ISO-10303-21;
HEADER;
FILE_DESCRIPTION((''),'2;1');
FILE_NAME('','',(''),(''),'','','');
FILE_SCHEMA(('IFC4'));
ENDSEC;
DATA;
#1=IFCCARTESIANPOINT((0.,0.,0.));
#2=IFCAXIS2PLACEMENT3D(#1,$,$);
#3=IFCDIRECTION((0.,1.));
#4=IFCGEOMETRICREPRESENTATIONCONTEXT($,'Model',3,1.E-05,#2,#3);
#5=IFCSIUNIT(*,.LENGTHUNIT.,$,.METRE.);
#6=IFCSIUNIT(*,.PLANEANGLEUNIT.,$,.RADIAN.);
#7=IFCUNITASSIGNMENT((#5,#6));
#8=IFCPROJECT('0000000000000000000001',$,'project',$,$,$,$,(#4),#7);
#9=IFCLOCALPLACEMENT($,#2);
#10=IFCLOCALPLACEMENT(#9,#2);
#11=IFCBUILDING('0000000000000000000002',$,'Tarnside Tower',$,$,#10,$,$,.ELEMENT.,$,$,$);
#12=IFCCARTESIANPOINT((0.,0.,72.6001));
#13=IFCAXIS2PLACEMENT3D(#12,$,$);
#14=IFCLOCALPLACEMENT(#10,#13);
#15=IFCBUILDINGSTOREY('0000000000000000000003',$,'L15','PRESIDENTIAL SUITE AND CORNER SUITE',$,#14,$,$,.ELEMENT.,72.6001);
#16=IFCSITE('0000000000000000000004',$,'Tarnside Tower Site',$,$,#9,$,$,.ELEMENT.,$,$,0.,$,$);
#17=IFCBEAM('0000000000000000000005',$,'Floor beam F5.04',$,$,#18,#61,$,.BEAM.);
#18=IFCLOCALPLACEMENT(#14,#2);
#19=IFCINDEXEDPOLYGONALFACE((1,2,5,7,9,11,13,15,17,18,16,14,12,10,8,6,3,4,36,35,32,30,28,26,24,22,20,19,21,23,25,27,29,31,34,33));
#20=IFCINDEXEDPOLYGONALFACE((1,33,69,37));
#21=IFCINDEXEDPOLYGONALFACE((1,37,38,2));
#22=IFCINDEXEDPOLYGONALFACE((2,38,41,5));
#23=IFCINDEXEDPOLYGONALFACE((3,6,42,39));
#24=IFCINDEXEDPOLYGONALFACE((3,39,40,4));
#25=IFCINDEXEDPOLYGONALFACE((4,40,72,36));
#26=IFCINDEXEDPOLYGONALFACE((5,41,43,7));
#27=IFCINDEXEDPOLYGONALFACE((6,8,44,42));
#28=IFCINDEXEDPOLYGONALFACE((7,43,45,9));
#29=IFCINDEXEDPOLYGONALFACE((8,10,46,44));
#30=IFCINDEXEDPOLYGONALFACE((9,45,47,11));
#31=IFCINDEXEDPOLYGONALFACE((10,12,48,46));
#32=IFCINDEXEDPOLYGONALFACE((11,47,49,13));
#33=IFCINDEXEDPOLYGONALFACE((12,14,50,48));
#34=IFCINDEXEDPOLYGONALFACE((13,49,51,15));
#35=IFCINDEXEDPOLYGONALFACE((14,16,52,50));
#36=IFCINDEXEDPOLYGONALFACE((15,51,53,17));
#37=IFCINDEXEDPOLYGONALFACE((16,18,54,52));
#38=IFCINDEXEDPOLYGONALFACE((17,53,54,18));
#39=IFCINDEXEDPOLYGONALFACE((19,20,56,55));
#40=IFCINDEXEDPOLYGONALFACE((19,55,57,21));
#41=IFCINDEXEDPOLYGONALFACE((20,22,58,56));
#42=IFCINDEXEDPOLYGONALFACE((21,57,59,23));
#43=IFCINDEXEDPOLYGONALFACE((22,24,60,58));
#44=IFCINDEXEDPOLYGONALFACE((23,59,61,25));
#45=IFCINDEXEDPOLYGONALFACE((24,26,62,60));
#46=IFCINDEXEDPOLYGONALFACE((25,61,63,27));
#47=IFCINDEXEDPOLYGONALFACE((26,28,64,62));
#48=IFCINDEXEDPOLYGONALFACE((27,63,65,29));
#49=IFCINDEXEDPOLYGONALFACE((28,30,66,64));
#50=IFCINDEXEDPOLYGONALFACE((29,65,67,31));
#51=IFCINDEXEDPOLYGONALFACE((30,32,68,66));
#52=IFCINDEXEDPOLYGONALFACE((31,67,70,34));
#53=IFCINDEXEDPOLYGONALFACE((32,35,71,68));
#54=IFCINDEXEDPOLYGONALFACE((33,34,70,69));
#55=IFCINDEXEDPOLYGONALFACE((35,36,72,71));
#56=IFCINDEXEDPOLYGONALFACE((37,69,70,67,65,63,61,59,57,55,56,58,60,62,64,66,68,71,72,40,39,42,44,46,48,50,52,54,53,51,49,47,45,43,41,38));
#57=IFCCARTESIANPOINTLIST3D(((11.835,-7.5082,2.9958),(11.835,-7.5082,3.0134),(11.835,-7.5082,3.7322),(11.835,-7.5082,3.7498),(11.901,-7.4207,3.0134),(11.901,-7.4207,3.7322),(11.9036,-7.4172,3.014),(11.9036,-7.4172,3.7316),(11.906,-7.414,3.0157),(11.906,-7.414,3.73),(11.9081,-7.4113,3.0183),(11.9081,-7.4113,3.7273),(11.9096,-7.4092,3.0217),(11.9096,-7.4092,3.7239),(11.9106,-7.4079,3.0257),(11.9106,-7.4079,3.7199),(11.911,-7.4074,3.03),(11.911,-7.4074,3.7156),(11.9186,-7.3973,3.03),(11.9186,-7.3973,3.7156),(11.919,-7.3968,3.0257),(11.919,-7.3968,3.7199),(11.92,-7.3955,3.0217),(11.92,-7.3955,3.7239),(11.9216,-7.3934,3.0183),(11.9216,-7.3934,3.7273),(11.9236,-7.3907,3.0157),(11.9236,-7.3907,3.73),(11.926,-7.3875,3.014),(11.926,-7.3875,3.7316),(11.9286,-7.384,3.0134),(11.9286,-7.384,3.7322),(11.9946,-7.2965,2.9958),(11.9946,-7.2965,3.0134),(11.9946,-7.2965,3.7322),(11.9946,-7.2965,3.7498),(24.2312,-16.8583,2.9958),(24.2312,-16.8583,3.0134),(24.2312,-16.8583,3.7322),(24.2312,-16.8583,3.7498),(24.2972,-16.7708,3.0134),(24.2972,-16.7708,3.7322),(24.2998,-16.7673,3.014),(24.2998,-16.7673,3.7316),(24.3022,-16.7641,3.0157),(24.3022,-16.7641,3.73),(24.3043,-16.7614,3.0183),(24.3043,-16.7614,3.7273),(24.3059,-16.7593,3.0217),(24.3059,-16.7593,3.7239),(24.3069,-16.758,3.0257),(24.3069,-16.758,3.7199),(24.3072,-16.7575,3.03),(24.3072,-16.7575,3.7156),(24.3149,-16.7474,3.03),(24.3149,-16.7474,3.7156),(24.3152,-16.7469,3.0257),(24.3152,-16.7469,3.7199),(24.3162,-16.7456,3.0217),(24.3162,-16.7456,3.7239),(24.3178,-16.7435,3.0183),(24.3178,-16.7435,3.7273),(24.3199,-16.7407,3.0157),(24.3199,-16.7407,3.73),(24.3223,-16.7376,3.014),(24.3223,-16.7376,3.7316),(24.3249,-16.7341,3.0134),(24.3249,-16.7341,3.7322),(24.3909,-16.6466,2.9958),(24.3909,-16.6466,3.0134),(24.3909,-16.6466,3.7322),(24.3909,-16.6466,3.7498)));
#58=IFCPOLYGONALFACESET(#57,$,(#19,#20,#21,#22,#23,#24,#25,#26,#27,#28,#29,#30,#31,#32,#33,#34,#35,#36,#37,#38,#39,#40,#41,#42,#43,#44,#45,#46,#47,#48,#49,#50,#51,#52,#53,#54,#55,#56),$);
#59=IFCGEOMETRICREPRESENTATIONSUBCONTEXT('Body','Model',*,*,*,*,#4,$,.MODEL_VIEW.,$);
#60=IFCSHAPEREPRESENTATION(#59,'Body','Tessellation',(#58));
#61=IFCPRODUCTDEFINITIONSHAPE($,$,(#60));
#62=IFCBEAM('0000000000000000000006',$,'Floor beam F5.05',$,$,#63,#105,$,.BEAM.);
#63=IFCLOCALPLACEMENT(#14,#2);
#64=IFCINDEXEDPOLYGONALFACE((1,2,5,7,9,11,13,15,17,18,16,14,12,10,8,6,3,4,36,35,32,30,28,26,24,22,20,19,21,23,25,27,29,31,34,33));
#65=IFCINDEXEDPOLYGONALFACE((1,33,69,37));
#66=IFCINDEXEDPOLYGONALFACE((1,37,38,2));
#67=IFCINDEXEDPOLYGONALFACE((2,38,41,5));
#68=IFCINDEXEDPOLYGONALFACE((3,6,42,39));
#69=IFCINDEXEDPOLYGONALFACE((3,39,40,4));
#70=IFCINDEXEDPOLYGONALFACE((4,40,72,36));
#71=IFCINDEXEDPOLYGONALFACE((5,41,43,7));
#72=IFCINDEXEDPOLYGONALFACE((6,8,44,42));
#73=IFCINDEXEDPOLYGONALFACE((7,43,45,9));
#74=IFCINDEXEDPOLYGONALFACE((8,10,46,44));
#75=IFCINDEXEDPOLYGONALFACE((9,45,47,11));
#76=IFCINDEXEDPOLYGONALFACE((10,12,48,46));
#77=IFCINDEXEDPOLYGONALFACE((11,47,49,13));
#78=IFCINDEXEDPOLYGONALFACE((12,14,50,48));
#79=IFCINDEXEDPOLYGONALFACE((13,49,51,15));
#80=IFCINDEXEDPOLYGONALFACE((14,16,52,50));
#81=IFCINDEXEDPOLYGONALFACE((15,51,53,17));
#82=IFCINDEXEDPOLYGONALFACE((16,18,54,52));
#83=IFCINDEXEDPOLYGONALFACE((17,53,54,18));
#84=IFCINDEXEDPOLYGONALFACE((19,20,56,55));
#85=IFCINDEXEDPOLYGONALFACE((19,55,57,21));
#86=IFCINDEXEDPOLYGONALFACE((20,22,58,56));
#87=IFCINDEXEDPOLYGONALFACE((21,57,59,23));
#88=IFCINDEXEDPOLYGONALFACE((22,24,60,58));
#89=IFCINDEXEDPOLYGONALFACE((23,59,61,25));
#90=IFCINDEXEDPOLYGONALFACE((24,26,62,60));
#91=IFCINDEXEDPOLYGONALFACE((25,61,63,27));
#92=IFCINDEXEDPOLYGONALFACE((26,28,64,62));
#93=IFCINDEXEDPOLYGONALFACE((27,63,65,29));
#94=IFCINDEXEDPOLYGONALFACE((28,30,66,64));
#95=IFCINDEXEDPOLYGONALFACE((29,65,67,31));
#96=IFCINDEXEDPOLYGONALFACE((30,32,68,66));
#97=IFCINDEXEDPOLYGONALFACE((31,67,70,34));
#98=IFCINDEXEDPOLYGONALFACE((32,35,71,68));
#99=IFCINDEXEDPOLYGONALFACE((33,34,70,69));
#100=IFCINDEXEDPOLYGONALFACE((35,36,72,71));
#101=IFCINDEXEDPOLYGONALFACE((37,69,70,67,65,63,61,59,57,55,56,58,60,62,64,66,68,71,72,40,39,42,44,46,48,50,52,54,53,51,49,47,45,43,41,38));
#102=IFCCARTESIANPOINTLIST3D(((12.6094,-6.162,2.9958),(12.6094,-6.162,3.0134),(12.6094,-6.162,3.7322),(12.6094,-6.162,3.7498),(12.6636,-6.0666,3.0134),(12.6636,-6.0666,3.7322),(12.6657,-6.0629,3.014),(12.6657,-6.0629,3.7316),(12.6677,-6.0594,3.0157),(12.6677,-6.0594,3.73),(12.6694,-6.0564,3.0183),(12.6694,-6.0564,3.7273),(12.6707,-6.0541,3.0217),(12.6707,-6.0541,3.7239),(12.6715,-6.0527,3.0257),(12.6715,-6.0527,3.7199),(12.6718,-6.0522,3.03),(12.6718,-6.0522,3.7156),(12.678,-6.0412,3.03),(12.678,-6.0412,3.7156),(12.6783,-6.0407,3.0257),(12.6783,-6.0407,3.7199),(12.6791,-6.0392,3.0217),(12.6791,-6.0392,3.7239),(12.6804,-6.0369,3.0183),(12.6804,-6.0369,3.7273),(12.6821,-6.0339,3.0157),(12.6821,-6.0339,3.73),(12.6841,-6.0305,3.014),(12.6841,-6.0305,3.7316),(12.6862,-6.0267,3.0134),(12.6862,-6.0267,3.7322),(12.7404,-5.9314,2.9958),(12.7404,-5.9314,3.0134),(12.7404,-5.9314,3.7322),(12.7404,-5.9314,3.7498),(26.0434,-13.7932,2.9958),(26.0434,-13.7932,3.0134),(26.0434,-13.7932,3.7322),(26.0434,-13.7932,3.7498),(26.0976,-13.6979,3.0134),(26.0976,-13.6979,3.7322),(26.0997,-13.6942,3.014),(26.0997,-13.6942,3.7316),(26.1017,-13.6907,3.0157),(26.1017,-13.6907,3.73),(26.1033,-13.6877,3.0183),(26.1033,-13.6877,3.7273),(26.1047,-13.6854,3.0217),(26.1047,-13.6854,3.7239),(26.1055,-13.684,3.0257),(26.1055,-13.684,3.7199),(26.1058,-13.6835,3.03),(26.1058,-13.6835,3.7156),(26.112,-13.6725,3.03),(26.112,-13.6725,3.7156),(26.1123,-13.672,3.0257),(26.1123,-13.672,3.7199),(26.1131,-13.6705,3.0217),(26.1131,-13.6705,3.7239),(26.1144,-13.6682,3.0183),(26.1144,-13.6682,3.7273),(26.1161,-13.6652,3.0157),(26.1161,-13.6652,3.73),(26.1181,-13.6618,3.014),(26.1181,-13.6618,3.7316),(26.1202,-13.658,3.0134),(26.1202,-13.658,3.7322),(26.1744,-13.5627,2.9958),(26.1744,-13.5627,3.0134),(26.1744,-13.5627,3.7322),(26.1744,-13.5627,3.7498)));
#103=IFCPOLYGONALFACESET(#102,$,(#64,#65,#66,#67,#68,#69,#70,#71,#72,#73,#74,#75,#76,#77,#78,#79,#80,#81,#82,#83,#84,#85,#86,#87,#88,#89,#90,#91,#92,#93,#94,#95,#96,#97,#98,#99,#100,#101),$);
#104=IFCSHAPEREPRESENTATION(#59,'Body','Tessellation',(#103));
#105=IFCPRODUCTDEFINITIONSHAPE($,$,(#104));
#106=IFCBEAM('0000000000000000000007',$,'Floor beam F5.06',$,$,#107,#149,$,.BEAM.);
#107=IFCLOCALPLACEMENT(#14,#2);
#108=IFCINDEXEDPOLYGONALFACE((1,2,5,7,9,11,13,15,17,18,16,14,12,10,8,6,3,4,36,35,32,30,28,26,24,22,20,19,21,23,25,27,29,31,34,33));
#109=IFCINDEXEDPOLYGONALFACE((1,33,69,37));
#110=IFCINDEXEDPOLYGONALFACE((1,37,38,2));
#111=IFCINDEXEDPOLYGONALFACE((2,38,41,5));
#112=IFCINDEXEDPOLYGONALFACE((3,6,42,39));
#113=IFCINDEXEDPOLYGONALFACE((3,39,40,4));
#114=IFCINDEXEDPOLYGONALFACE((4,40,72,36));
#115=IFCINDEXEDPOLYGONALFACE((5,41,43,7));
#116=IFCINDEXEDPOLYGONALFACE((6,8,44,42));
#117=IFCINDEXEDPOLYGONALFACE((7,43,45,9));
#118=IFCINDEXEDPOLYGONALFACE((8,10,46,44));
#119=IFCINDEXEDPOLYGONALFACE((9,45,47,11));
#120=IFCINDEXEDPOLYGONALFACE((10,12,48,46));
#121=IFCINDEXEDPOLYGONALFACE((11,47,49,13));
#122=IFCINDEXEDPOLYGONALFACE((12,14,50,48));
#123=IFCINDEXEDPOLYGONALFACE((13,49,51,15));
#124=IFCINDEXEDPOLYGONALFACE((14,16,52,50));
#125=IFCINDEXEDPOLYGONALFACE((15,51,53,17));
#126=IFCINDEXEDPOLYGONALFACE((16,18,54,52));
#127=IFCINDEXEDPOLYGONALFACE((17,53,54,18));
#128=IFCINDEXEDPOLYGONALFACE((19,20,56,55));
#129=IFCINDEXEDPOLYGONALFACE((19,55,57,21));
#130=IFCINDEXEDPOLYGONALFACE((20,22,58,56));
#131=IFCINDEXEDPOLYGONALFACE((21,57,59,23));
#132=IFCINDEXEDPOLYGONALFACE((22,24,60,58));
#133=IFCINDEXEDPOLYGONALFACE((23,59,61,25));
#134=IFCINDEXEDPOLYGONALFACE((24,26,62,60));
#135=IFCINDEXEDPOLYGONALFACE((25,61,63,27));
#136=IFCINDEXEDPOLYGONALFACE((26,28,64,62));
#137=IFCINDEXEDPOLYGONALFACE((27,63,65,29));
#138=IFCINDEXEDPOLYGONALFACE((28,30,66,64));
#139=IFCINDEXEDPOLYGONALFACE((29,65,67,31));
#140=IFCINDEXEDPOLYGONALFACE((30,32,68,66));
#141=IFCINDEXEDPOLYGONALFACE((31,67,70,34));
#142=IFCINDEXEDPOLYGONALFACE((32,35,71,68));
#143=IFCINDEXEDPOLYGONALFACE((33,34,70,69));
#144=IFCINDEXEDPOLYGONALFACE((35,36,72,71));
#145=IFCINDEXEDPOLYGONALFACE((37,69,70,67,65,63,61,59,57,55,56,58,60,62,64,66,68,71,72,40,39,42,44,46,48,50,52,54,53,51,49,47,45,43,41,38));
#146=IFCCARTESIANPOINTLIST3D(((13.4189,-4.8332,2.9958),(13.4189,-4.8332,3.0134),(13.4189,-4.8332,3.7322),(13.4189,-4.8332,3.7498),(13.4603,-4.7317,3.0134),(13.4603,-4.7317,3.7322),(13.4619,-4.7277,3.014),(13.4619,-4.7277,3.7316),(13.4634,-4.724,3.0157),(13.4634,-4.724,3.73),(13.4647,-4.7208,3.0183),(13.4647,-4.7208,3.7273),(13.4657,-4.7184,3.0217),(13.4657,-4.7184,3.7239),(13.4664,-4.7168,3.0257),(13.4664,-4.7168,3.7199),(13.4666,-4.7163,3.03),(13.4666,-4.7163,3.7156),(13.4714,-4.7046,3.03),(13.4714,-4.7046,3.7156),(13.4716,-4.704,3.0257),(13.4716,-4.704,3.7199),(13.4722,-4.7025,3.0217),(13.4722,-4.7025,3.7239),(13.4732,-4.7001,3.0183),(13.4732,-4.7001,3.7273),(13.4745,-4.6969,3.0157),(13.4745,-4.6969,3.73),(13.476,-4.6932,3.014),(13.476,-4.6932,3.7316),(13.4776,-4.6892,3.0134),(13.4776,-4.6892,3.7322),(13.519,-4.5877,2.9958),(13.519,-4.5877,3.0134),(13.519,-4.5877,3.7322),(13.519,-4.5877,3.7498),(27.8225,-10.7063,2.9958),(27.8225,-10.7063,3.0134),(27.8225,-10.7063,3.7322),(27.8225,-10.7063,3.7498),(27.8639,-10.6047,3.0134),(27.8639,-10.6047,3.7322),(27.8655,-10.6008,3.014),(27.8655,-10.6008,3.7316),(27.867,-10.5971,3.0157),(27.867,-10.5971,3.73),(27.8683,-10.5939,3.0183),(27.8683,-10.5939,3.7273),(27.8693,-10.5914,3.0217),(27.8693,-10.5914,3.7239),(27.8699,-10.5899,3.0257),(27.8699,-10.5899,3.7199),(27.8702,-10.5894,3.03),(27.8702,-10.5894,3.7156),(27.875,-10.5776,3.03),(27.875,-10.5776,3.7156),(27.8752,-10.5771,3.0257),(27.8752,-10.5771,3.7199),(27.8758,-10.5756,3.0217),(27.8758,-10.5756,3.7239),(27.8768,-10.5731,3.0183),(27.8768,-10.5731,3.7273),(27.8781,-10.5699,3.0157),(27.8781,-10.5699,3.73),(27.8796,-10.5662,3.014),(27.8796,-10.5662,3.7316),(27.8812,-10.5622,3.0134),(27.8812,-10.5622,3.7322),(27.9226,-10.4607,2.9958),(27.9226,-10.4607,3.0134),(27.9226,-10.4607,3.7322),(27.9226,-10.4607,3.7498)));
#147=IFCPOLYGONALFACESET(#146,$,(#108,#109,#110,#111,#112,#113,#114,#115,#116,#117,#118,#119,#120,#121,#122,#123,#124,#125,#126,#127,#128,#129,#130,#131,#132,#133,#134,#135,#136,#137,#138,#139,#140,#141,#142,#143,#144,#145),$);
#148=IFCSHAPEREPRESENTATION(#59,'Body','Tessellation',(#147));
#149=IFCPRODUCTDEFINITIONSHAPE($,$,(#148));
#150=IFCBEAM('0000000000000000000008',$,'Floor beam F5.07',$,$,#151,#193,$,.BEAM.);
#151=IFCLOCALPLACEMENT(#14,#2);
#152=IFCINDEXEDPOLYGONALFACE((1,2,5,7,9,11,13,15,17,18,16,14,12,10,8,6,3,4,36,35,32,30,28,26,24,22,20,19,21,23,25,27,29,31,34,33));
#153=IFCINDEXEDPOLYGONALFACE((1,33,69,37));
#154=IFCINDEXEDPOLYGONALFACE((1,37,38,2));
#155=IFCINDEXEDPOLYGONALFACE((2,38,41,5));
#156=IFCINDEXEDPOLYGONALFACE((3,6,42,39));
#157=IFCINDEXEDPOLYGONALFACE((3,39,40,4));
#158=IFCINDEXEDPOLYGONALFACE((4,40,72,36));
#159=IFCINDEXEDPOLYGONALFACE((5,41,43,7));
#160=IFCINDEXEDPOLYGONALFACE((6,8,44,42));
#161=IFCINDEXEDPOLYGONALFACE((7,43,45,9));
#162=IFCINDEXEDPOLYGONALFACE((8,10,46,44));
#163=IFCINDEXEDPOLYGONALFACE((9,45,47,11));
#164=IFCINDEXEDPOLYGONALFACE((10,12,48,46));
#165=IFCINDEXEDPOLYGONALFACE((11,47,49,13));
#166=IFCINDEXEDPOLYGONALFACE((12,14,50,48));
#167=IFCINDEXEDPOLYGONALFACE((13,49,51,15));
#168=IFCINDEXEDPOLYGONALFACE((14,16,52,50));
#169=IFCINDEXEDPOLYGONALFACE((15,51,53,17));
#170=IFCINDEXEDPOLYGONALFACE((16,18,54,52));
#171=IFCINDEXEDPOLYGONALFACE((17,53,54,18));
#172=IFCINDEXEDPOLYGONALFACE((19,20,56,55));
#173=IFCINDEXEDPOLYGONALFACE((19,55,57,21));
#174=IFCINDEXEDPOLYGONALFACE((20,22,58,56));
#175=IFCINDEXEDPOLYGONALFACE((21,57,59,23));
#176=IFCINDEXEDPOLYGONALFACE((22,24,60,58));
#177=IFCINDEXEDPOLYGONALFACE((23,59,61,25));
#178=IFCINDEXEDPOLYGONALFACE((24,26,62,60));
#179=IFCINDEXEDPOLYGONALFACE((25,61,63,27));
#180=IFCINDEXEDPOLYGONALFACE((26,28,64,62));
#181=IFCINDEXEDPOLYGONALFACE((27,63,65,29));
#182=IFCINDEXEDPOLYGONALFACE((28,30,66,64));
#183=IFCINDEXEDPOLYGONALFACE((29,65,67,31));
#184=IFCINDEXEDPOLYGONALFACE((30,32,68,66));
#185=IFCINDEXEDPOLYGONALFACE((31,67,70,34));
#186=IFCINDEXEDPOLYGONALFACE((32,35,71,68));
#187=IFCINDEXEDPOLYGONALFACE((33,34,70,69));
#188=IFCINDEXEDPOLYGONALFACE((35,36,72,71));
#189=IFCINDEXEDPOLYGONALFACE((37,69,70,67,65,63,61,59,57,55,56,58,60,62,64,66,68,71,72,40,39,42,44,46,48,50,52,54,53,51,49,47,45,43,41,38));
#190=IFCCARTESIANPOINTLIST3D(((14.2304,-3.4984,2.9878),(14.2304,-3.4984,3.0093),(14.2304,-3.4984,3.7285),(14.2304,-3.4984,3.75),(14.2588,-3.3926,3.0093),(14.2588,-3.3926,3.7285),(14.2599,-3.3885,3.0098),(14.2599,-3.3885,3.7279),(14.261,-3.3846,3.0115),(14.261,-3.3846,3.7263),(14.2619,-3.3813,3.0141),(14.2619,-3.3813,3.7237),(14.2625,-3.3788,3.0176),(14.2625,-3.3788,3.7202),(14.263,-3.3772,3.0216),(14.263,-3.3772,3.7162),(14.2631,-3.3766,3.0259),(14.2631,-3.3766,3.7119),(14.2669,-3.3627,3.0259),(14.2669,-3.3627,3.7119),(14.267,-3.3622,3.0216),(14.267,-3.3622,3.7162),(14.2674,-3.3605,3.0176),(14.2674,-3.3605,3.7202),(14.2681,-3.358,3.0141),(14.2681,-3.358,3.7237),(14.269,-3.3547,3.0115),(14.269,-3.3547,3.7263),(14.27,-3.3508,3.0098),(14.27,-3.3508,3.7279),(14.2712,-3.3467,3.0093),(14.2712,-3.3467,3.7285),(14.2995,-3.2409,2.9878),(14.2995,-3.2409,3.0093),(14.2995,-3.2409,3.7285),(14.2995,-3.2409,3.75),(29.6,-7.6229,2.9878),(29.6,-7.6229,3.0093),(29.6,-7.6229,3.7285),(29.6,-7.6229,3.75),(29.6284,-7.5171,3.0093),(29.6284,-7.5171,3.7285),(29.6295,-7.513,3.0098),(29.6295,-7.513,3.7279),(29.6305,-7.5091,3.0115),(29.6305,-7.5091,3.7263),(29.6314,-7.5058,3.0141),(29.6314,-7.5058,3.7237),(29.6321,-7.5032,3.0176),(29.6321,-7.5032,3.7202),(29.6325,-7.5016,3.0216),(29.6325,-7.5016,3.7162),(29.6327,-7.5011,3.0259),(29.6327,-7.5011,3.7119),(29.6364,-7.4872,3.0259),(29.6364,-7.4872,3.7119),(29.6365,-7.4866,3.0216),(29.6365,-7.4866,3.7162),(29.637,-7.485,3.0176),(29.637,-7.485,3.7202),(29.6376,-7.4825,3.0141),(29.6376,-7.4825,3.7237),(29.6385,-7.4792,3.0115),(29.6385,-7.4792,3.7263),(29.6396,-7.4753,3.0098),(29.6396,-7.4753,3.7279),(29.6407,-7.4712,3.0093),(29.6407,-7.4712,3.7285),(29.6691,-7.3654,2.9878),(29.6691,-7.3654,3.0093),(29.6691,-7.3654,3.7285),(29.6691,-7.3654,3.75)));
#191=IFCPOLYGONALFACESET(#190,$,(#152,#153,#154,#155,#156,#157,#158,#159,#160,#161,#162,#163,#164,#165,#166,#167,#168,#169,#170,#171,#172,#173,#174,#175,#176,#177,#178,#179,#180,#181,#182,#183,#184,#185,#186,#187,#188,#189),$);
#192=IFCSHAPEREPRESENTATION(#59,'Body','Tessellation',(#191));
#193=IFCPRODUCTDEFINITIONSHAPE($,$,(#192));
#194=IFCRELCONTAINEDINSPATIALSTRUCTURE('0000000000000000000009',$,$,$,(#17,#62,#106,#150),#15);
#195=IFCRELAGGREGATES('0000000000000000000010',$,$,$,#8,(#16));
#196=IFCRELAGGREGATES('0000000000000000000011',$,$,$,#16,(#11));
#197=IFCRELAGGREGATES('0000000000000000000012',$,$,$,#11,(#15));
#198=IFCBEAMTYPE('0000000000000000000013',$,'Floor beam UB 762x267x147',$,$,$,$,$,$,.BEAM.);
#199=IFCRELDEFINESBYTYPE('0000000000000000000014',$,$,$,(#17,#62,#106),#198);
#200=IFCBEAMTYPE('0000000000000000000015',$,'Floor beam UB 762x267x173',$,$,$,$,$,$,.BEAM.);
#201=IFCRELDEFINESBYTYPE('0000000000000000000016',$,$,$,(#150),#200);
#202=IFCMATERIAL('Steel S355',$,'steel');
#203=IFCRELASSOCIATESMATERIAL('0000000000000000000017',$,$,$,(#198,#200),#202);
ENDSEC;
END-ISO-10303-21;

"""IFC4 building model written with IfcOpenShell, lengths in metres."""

from ifc_helpers import new_model, si_unit, direction, frame, origin, origin_2d, place, context, subcontext, project, spatial, i_section, extrude, material, material_profile, profile_set, type_object, element, save


model = new_model("IFC4")

# Units and contexts
model_context = context("Model", 3, precision=1e-05, world=origin(), true_north=direction((0.0, 1.0)))
body_context = subcontext(model_context, "Body", "Model", "MODEL_VIEW")
ifc_project = project(units=[si_unit("LENGTHUNIT", "METRE"), si_unit("PLANEANGLEUNIT", "RADIAN")], contexts=[model_context])

# Site, building, storey
site_placement = place(None, origin())
site = spatial("IfcSite", under=ifc_project, at=site_placement, Name="Tarnside Tower Site", CompositionType="ELEMENT", RefElevation=0.0)
building_placement = place(site_placement, origin())
building = spatial("IfcBuilding", under=site, at=building_placement, Name="Tarnside Tower", CompositionType="ELEMENT")
storey_placement = place(building_placement, frame((0.0, 0.0, 72.6001)))
storey = spatial("IfcBuildingStorey", under=building, at=storey_placement, Name="L15", Description="PRESIDENTIAL SUITE AND CORNER SUITE", CompositionType="ELEMENT", Elevation=72.6001)

# Beams
ifc_material_1 = material(Name="Steel S355", Category="steel")
ifc_material_profile_1 = material_profile(ifc_material_1, i_section(OverallWidth=0.2651, OverallDepth=0.7539, WebThickness=0.0127, FlangeThickness=0.0176, FilletRadius=0.0166, at=origin_2d()), Name="UB 762x267x147")
ifc_profile_set_1 = profile_set([ifc_material_profile_1], Name="Steel S355")
beam_type_1 = type_object("IfcBeamType", Name="Floor beam UB 762x267x147", PredefinedType="BEAM", material=ifc_profile_set_1)
beam_1_placement = place(storey_placement, frame((24.311, -16.7524, 3.3728), z_axis=(-0.798361, 0.602179, 0.0), x_axis=(-0.602179, -0.798361, 0.0)))
element("IfcBeam", 1, at=beam_1_placement, inside=storey, type_object=beam_type_1, Name="Floor beam F5.04", PredefinedType="BEAM", context=body_context, shape_type="SweptSolid", body=[
    extrude(i_section(OverallWidth=0.2651, OverallDepth=0.7539, WebThickness=0.0127, FlangeThickness=0.0176, FilletRadius=0.0166, at=origin_2d()), origin(), (0.0, 0.0, 1.0), 15.5271),
])
beam_2_placement = place(storey_placement, frame((26.1089, -13.678, 3.3728), z_axis=(-0.869503, 0.493929, 0.0), x_axis=(-0.493929, -0.869503, 0.0)))
element("IfcBeam", 2, at=beam_2_placement, inside=storey, type_object=beam_type_1, Name="Floor beam F5.05", PredefinedType="BEAM", context=body_context, shape_type="SweptSolid", body=[
    extrude(i_section(OverallWidth=0.2651, OverallDepth=0.7539, WebThickness=0.0127, FlangeThickness=0.0176, FilletRadius=0.0166, at=origin_2d()), origin(), (0.0, 0.0, 1.0), 15.4502),
])
beam_3_placement = place(storey_placement, frame((27.8726, -10.5835, 3.3728), z_axis=(-0.925982, 0.377569, 0.0), x_axis=(-0.377569, -0.925982, 0.0)))
element("IfcBeam", 3, at=beam_3_placement, inside=storey, type_object=beam_type_1, Name="Floor beam F5.06", PredefinedType="BEAM", context=body_context, shape_type="SweptSolid", body=[
    extrude(i_section(OverallWidth=0.2651, OverallDepth=0.7539, WebThickness=0.0127, FlangeThickness=0.0176, FilletRadius=0.0166, at=origin_2d()), origin(), (0.0, 0.0, 1.0), 15.5549),
])
ifc_material_profile_2 = material_profile(ifc_material_1, i_section(OverallWidth=0.2666, OverallDepth=0.7622, WebThickness=0.0144, FlangeThickness=0.0215, FilletRadius=0.0166, at=origin_2d()), Name="UB 762x267x173")
ifc_profile_set_2 = profile_set([ifc_material_profile_2], Name="Steel S355")
beam_type_2 = type_object("IfcBeamType", Name="Floor beam UB 762x267x173", PredefinedType="BEAM", material=ifc_profile_set_2)
beam_4_placement = place(storey_placement, frame((29.6345, -7.4941, 3.3689), z_axis=(-0.965828, 0.259184, 0.0), x_axis=(-0.259184, -0.965828, 0.0)))
element("IfcBeam", 4, at=beam_4_placement, inside=storey, type_object=beam_type_2, Name="Floor beam F5.07", PredefinedType="BEAM", context=body_context, shape_type="SweptSolid", body=[
    extrude(i_section(OverallWidth=0.2666, OverallDepth=0.7622, WebThickness=0.0144, FlangeThickness=0.0215, FilletRadius=0.0166, at=origin_2d()), origin(), (0.0, 0.0, 1.0), 15.9133),
])

save(model, "model.ifc")
